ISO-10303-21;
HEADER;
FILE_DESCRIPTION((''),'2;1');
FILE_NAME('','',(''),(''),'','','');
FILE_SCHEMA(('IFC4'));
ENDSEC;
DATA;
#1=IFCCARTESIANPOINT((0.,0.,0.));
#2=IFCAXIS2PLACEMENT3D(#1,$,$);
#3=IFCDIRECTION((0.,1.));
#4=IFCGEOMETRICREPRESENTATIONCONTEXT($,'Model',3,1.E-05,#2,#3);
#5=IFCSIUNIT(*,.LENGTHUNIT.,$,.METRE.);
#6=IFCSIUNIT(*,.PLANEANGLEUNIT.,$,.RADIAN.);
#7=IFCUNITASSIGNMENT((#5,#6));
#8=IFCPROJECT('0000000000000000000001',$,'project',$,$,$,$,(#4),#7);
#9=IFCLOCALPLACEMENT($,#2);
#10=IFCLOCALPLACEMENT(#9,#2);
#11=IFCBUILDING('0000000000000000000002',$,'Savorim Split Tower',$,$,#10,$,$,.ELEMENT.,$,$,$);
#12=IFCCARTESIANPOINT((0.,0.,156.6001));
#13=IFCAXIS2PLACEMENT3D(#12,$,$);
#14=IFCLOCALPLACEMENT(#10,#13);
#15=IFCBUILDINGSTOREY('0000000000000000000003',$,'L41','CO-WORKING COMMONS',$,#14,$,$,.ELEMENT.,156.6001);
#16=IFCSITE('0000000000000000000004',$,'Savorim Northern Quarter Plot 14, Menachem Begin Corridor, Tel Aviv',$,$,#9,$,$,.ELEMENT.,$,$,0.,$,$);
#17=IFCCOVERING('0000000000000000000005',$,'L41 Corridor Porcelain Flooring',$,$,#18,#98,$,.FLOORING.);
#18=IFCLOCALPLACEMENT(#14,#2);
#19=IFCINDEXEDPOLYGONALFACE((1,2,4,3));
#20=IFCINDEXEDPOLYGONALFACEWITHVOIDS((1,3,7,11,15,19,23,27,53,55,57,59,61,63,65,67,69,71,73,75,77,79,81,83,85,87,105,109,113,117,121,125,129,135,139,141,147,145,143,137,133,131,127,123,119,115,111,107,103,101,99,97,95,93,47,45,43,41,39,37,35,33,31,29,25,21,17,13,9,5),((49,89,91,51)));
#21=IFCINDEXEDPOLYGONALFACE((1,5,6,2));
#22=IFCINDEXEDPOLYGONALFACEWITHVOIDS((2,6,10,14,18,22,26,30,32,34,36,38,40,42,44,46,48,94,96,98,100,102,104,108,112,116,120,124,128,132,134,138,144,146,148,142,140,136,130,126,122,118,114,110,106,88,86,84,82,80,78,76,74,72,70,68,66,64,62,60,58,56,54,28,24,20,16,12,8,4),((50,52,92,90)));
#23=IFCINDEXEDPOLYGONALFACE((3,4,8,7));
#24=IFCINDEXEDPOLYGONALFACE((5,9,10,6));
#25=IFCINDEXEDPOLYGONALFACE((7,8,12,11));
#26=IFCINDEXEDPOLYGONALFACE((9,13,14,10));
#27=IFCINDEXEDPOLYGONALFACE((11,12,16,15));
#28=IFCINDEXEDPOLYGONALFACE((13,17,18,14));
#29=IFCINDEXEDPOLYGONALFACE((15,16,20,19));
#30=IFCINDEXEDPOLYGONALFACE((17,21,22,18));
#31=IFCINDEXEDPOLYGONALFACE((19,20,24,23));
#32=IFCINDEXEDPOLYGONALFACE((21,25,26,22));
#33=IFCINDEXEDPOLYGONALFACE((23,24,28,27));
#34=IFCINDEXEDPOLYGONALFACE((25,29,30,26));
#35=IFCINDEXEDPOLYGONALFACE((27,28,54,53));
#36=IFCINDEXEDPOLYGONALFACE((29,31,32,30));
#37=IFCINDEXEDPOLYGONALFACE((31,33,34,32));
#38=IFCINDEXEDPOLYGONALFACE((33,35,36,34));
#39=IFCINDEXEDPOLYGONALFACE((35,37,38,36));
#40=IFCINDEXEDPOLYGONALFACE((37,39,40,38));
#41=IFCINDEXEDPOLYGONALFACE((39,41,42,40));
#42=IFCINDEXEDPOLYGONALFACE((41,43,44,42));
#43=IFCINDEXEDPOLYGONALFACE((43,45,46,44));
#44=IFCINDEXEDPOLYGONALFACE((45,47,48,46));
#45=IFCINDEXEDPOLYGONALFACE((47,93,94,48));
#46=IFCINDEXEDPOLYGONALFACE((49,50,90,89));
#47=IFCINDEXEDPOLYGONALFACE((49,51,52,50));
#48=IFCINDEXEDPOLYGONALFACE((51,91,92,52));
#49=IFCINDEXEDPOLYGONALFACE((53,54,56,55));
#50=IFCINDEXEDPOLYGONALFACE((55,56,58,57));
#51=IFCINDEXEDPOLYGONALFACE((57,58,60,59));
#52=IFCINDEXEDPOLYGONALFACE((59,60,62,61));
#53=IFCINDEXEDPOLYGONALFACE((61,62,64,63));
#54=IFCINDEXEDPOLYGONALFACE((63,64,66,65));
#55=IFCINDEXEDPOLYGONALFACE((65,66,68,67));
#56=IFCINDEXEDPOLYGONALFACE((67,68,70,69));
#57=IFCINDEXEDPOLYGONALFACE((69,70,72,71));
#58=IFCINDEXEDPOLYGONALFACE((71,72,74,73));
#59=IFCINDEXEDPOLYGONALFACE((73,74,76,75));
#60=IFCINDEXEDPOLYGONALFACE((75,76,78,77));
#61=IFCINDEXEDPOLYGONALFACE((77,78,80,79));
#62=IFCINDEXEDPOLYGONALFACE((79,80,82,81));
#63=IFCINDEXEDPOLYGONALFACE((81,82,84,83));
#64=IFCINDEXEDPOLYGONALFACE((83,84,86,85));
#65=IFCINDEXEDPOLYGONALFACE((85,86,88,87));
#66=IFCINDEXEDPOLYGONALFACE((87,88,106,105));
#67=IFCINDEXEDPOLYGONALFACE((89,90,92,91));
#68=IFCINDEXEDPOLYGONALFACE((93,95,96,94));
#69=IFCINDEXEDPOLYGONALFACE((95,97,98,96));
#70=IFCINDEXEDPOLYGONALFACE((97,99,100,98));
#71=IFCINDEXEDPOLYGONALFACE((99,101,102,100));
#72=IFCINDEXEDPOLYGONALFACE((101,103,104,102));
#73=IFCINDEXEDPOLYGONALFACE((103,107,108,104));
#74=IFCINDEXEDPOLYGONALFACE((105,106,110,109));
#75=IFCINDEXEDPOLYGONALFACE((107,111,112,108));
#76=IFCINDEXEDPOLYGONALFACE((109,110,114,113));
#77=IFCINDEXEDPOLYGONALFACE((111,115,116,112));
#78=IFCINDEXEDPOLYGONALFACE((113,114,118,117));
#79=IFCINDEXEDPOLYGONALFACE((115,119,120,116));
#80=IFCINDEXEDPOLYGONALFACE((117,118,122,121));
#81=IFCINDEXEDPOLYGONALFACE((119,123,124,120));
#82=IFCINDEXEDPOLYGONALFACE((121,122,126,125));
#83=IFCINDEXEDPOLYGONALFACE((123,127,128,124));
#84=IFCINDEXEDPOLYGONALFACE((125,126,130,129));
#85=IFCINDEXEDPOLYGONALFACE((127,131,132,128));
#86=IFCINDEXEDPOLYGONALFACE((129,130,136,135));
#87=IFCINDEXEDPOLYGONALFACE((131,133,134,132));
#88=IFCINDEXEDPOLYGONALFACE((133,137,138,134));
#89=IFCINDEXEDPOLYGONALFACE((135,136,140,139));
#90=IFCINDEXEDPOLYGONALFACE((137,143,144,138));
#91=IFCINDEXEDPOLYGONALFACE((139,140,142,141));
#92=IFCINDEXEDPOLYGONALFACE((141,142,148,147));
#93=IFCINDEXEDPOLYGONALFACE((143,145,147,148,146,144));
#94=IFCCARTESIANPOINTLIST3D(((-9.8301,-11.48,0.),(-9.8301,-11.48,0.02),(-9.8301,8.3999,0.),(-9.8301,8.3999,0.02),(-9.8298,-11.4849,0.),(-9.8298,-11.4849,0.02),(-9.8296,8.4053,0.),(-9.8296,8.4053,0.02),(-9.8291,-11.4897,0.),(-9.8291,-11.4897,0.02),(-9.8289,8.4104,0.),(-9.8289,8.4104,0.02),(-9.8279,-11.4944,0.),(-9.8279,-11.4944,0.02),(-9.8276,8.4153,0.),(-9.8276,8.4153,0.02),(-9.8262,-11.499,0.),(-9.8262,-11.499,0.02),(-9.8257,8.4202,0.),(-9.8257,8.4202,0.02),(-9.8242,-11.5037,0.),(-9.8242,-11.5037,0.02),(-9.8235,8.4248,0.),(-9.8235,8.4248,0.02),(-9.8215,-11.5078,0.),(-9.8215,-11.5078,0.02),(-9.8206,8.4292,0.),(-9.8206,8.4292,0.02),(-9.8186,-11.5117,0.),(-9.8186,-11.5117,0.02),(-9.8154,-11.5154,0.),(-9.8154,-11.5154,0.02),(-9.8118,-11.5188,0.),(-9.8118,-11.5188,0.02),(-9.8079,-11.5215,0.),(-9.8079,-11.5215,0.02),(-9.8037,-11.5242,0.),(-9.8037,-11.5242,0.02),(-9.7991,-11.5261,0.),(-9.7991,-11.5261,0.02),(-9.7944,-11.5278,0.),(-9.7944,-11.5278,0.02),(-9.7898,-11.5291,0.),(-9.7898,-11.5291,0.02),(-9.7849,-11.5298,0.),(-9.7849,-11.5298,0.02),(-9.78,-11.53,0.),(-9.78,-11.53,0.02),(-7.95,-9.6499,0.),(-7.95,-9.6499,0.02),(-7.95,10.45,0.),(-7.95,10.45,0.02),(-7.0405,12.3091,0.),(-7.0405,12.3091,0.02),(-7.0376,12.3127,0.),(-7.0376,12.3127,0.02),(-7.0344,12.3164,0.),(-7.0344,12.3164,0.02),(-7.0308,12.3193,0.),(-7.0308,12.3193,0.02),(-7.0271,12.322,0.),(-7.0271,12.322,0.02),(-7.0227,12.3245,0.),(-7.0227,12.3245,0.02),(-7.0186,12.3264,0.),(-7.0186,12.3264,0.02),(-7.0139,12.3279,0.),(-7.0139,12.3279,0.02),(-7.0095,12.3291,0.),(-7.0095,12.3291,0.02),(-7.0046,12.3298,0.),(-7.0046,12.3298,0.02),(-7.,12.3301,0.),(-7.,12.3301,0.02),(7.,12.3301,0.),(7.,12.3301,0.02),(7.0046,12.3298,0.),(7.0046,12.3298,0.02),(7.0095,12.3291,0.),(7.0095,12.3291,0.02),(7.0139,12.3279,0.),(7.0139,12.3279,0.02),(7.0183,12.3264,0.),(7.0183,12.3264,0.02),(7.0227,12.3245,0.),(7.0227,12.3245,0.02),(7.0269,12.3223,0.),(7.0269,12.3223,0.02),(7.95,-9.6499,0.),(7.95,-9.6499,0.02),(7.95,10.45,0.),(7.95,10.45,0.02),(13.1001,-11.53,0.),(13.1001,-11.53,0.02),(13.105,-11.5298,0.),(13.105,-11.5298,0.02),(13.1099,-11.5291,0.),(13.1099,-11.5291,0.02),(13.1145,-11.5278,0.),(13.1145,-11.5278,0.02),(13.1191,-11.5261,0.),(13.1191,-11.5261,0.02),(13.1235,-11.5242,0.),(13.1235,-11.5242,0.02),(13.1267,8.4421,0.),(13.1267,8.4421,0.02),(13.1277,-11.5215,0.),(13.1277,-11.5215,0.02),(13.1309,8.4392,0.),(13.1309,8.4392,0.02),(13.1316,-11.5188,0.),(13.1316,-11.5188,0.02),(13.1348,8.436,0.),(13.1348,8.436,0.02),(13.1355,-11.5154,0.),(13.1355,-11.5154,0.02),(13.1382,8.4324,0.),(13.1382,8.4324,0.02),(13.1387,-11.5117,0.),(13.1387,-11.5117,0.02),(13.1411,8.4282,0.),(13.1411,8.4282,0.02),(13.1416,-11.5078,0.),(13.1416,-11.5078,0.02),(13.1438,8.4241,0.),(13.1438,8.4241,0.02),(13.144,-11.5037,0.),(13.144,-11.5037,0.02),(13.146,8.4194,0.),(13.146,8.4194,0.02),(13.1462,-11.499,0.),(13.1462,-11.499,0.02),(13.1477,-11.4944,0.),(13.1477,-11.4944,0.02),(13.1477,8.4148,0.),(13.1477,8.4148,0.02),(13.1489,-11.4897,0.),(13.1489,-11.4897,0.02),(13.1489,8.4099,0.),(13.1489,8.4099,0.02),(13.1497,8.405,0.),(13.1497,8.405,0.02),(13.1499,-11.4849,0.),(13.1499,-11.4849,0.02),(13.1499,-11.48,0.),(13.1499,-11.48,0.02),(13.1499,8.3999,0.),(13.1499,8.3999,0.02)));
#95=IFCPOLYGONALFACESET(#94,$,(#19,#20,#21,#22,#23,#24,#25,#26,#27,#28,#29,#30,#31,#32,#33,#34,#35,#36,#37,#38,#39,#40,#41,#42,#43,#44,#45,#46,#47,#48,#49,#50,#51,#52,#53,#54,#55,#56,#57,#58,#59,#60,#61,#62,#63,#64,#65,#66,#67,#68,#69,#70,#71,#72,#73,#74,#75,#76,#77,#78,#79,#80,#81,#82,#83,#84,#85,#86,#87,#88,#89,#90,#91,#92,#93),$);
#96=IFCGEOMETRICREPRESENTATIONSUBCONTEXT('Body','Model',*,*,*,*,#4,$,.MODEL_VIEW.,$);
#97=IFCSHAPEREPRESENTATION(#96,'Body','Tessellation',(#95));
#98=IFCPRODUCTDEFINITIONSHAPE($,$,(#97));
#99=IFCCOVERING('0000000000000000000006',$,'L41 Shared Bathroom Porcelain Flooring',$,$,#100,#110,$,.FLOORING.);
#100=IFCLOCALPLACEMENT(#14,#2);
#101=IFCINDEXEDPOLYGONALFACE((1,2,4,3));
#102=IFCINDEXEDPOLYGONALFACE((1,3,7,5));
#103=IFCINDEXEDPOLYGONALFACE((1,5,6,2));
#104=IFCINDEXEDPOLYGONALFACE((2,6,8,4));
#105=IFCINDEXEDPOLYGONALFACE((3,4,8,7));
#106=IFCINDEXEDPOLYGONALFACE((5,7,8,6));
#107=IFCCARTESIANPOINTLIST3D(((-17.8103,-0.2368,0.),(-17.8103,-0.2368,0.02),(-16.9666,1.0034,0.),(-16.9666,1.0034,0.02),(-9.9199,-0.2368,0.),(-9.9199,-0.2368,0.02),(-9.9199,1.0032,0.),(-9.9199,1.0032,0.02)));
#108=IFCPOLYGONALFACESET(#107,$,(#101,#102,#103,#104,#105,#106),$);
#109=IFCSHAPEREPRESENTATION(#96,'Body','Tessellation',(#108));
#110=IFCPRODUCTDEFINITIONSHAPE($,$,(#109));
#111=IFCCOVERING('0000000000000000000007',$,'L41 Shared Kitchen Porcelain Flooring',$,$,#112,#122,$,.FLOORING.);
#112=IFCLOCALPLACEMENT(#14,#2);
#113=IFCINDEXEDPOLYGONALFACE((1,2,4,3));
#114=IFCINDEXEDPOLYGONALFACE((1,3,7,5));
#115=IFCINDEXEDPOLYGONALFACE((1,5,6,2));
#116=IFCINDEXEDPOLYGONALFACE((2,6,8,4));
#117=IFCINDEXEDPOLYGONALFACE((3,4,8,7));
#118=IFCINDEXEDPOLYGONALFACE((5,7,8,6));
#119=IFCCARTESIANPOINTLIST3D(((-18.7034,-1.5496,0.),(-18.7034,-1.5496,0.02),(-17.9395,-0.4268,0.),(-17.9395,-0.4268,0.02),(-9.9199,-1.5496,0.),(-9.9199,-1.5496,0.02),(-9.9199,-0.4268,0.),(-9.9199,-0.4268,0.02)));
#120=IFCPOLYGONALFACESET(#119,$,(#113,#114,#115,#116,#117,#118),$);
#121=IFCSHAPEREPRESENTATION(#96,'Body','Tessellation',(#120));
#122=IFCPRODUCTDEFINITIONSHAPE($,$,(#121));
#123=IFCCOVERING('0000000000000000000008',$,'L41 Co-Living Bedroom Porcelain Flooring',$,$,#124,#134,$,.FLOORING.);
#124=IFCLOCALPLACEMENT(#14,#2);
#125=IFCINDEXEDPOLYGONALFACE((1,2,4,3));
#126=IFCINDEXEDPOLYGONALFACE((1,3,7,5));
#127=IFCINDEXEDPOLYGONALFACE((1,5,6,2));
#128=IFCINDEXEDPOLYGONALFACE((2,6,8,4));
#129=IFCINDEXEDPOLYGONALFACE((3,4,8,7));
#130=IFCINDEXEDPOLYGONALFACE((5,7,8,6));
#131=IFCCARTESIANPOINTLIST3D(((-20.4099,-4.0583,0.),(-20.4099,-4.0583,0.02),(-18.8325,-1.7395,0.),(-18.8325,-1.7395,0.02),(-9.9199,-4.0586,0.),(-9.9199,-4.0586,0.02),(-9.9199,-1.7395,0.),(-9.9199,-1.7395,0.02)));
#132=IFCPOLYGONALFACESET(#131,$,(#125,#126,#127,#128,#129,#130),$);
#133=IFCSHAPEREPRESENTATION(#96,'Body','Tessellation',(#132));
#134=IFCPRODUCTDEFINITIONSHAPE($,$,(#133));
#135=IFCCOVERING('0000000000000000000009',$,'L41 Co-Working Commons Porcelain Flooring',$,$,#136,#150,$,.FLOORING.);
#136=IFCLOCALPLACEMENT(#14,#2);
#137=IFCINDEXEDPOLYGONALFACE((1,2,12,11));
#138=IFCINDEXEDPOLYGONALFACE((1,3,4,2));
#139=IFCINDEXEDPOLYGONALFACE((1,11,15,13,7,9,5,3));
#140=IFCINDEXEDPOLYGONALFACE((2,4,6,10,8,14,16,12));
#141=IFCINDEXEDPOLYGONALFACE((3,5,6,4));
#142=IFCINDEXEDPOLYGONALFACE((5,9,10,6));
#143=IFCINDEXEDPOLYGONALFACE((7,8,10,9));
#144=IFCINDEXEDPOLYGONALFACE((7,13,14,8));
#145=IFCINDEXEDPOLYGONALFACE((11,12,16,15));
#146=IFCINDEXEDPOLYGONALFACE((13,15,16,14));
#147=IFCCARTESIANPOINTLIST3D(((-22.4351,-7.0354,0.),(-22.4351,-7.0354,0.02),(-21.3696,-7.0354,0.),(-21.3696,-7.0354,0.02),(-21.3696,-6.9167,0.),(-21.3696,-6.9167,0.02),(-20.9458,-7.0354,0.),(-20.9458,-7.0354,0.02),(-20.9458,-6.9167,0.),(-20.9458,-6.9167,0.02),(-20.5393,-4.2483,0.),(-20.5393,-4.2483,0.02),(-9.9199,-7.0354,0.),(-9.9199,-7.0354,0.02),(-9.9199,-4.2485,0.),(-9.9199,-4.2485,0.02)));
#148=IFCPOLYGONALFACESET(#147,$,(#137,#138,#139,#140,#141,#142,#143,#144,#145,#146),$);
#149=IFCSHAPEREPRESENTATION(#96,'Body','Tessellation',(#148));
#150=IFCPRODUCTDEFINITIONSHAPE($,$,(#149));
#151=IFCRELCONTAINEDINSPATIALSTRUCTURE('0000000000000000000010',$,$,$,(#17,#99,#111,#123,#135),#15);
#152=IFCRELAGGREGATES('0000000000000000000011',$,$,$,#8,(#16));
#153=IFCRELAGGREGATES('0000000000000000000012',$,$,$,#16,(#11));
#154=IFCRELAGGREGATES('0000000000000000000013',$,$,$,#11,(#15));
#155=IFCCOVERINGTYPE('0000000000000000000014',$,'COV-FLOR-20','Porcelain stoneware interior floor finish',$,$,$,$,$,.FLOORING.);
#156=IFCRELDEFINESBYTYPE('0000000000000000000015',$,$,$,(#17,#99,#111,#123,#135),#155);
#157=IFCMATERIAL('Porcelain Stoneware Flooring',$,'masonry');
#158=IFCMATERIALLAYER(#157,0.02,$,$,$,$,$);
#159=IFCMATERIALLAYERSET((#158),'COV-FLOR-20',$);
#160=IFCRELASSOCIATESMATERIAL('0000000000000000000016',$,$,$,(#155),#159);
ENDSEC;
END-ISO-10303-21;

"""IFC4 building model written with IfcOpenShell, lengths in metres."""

from ifc_helpers import new_model, si_unit, direction, frame, origin, place, context, subcontext, project, spatial, polyline, outline, extrude, material, layer, layer_set, type_object, element, save


model = new_model("IFC4")

# Units and contexts
model_context = context("Model", 3, precision=1e-05, world=origin(), true_north=direction((0.0, 1.0)))
body_context = subcontext(model_context, "Body", "Model", "MODEL_VIEW")
ifc_project = project(units=[si_unit("LENGTHUNIT", "METRE"), si_unit("PLANEANGLEUNIT", "RADIAN")], contexts=[model_context])

# Site, building, storey
site_placement = place(None, origin())
site = spatial("IfcSite", under=ifc_project, at=site_placement, Name="Savorim Northern Quarter Plot 14, Menachem Begin Corridor, Tel Aviv", CompositionType="ELEMENT", RefElevation=0.0)
building_placement = place(site_placement, origin())
building = spatial("IfcBuilding", under=site, at=building_placement, Name="Savorim Split Tower", CompositionType="ELEMENT")
storey_placement = place(building_placement, frame((0.0, 0.0, 156.6001)))
storey = spatial("IfcBuildingStorey", under=building, at=storey_placement, Name="L41", Description="CO-WORKING COMMONS", CompositionType="ELEMENT", Elevation=156.6001)

# Coverings
ifc_material_1 = material(Name="Porcelain Stoneware Flooring", Category="masonry")
ifc_layer_1 = layer(ifc_material_1, 0.02)
ifc_layer_set_1 = layer_set([ifc_layer_1], Name="COV-FLOR-20")
covering_type_1 = type_object("IfcCoveringType", Name="COV-FLOR-20", Description="Porcelain stoneware interior floor finish", PredefinedType="FLOORING", material=ifc_layer_set_1)
covering_1_placement = place(storey_placement, origin())
element("IfcCovering", 1, at=covering_1_placement, inside=storey, type_object=covering_type_1, Name="L41 Corridor Porcelain Flooring", PredefinedType="FLOORING", context=body_context, shape_type="SweptSolid", body=[
    extrude(outline(polyline([(7.0095, 12.3291), (7.0046, 12.3298), (7.0, 12.3301), (-7.0, 12.3301), (-7.0046, 12.3298), (-7.0095, 12.3291), (-7.0139, 12.3279), (-7.0186, 12.3264), (-7.0227, 12.3245), (-7.0271, 12.322), (-7.0308, 12.3193), (-7.0344, 12.3164), (-7.0376, 12.3127), (-7.0405, 12.3091), (-9.8206, 8.4292), (-9.8235, 8.4248), (-9.8257, 8.4202), (-9.8276, 8.4153), (-9.8289, 8.4104), (-9.8296, 8.4053), (-9.8301, 8.3999), (-9.8301, -11.48), (-9.8298, -11.4849), (-9.8291, -11.4897), (-9.8279, -11.4944), (-9.8262, -11.499), (-9.8242, -11.5037), (-9.8215, -11.5078), (-9.8186, -11.5117), (-9.8154, -11.5154), (-9.8118, -11.5188), (-9.8079, -11.5215), (-9.8037, -11.5242), (-9.7991, -11.5261), (-9.7944, -11.5278), (-9.7898, -11.5291), (-9.7849, -11.5298), (-9.78, -11.53), (13.1001, -11.53), (13.105, -11.5298), (13.1099, -11.5291), (13.1145, -11.5278), (13.1191, -11.5261), (13.1235, -11.5242), (13.1277, -11.5215), (13.1316, -11.5188), (13.1355, -11.5154), (13.1387, -11.5117), (13.1416, -11.5078), (13.144, -11.5037), (13.1462, -11.499), (13.1477, -11.4944), (13.1489, -11.4897), (13.1499, -11.4849), (13.1499, -11.48), (13.1499, 8.3999), (13.1497, 8.405), (13.1489, 8.4099), (13.1477, 8.4148), (13.146, 8.4194), (13.1438, 8.4241), (13.1411, 8.4282), (13.1382, 8.4324), (13.1348, 8.436), (13.1309, 8.4392), (13.1267, 8.4421), (7.0269, 12.3223), (7.0227, 12.3245), (7.0183, 12.3264), (7.0139, 12.3279), (7.0095, 12.3291)]), holes=[polyline([(-7.95, 10.45), (-7.95, -9.6499), (7.95, -9.6499), (7.95, 10.45), (-7.95, 10.45)])]), origin(), (0.0, 0.0, 1.0), 0.02),
])
covering_2_placement = place(storey_placement, origin())
element("IfcCovering", 2, at=covering_2_placement, inside=storey, type_object=covering_type_1, Name="L41 Shared Bathroom Porcelain Flooring", PredefinedType="FLOORING", context=body_context, shape_type="SweptSolid", body=[
    extrude(outline(polyline([(-16.9666, 1.0034), (-17.8103, -0.2368), (-9.9199, -0.2368), (-9.9199, 1.0032), (-16.9666, 1.0034)])), origin(), (0.0, 0.0, 1.0), 0.02),
])
covering_3_placement = place(storey_placement, origin())
element("IfcCovering", 3, at=covering_3_placement, inside=storey, type_object=covering_type_1, Name="L41 Shared Kitchen Porcelain Flooring", PredefinedType="FLOORING", context=body_context, shape_type="SweptSolid", body=[
    extrude(outline(polyline([(-17.9395, -0.4268), (-18.7034, -1.5496), (-9.9199, -1.5496), (-9.9199, -0.4268), (-17.9395, -0.4268)])), origin(), (0.0, 0.0, 1.0), 0.02),
])
covering_4_placement = place(storey_placement, origin())
element("IfcCovering", 4, at=covering_4_placement, inside=storey, type_object=covering_type_1, Name="L41 Co-Living Bedroom Porcelain Flooring", PredefinedType="FLOORING", context=body_context, shape_type="SweptSolid", body=[
    extrude(outline(polyline([(-18.8325, -1.7395), (-20.4099, -4.0583), (-9.9199, -4.0586), (-9.9199, -1.7395), (-18.8325, -1.7395)])), origin(), (0.0, 0.0, 1.0), 0.02),
])
covering_5_placement = place(storey_placement, origin())
element("IfcCovering", 5, at=covering_5_placement, inside=storey, type_object=covering_type_1, Name="L41 Co-Working Commons Porcelain Flooring", PredefinedType="FLOORING", context=body_context, shape_type="SweptSolid", body=[
    extrude(outline(polyline([(-20.9458, -6.9167), (-20.9458, -7.0354), (-9.9199, -7.0354), (-9.9199, -4.2485), (-20.5393, -4.2483), (-22.4351, -7.0354), (-21.3696, -7.0354), (-21.3696, -6.9167), (-20.9458, -6.9167)])), origin(), (0.0, 0.0, 1.0), 0.02),
])

save(model, "model.ifc")
